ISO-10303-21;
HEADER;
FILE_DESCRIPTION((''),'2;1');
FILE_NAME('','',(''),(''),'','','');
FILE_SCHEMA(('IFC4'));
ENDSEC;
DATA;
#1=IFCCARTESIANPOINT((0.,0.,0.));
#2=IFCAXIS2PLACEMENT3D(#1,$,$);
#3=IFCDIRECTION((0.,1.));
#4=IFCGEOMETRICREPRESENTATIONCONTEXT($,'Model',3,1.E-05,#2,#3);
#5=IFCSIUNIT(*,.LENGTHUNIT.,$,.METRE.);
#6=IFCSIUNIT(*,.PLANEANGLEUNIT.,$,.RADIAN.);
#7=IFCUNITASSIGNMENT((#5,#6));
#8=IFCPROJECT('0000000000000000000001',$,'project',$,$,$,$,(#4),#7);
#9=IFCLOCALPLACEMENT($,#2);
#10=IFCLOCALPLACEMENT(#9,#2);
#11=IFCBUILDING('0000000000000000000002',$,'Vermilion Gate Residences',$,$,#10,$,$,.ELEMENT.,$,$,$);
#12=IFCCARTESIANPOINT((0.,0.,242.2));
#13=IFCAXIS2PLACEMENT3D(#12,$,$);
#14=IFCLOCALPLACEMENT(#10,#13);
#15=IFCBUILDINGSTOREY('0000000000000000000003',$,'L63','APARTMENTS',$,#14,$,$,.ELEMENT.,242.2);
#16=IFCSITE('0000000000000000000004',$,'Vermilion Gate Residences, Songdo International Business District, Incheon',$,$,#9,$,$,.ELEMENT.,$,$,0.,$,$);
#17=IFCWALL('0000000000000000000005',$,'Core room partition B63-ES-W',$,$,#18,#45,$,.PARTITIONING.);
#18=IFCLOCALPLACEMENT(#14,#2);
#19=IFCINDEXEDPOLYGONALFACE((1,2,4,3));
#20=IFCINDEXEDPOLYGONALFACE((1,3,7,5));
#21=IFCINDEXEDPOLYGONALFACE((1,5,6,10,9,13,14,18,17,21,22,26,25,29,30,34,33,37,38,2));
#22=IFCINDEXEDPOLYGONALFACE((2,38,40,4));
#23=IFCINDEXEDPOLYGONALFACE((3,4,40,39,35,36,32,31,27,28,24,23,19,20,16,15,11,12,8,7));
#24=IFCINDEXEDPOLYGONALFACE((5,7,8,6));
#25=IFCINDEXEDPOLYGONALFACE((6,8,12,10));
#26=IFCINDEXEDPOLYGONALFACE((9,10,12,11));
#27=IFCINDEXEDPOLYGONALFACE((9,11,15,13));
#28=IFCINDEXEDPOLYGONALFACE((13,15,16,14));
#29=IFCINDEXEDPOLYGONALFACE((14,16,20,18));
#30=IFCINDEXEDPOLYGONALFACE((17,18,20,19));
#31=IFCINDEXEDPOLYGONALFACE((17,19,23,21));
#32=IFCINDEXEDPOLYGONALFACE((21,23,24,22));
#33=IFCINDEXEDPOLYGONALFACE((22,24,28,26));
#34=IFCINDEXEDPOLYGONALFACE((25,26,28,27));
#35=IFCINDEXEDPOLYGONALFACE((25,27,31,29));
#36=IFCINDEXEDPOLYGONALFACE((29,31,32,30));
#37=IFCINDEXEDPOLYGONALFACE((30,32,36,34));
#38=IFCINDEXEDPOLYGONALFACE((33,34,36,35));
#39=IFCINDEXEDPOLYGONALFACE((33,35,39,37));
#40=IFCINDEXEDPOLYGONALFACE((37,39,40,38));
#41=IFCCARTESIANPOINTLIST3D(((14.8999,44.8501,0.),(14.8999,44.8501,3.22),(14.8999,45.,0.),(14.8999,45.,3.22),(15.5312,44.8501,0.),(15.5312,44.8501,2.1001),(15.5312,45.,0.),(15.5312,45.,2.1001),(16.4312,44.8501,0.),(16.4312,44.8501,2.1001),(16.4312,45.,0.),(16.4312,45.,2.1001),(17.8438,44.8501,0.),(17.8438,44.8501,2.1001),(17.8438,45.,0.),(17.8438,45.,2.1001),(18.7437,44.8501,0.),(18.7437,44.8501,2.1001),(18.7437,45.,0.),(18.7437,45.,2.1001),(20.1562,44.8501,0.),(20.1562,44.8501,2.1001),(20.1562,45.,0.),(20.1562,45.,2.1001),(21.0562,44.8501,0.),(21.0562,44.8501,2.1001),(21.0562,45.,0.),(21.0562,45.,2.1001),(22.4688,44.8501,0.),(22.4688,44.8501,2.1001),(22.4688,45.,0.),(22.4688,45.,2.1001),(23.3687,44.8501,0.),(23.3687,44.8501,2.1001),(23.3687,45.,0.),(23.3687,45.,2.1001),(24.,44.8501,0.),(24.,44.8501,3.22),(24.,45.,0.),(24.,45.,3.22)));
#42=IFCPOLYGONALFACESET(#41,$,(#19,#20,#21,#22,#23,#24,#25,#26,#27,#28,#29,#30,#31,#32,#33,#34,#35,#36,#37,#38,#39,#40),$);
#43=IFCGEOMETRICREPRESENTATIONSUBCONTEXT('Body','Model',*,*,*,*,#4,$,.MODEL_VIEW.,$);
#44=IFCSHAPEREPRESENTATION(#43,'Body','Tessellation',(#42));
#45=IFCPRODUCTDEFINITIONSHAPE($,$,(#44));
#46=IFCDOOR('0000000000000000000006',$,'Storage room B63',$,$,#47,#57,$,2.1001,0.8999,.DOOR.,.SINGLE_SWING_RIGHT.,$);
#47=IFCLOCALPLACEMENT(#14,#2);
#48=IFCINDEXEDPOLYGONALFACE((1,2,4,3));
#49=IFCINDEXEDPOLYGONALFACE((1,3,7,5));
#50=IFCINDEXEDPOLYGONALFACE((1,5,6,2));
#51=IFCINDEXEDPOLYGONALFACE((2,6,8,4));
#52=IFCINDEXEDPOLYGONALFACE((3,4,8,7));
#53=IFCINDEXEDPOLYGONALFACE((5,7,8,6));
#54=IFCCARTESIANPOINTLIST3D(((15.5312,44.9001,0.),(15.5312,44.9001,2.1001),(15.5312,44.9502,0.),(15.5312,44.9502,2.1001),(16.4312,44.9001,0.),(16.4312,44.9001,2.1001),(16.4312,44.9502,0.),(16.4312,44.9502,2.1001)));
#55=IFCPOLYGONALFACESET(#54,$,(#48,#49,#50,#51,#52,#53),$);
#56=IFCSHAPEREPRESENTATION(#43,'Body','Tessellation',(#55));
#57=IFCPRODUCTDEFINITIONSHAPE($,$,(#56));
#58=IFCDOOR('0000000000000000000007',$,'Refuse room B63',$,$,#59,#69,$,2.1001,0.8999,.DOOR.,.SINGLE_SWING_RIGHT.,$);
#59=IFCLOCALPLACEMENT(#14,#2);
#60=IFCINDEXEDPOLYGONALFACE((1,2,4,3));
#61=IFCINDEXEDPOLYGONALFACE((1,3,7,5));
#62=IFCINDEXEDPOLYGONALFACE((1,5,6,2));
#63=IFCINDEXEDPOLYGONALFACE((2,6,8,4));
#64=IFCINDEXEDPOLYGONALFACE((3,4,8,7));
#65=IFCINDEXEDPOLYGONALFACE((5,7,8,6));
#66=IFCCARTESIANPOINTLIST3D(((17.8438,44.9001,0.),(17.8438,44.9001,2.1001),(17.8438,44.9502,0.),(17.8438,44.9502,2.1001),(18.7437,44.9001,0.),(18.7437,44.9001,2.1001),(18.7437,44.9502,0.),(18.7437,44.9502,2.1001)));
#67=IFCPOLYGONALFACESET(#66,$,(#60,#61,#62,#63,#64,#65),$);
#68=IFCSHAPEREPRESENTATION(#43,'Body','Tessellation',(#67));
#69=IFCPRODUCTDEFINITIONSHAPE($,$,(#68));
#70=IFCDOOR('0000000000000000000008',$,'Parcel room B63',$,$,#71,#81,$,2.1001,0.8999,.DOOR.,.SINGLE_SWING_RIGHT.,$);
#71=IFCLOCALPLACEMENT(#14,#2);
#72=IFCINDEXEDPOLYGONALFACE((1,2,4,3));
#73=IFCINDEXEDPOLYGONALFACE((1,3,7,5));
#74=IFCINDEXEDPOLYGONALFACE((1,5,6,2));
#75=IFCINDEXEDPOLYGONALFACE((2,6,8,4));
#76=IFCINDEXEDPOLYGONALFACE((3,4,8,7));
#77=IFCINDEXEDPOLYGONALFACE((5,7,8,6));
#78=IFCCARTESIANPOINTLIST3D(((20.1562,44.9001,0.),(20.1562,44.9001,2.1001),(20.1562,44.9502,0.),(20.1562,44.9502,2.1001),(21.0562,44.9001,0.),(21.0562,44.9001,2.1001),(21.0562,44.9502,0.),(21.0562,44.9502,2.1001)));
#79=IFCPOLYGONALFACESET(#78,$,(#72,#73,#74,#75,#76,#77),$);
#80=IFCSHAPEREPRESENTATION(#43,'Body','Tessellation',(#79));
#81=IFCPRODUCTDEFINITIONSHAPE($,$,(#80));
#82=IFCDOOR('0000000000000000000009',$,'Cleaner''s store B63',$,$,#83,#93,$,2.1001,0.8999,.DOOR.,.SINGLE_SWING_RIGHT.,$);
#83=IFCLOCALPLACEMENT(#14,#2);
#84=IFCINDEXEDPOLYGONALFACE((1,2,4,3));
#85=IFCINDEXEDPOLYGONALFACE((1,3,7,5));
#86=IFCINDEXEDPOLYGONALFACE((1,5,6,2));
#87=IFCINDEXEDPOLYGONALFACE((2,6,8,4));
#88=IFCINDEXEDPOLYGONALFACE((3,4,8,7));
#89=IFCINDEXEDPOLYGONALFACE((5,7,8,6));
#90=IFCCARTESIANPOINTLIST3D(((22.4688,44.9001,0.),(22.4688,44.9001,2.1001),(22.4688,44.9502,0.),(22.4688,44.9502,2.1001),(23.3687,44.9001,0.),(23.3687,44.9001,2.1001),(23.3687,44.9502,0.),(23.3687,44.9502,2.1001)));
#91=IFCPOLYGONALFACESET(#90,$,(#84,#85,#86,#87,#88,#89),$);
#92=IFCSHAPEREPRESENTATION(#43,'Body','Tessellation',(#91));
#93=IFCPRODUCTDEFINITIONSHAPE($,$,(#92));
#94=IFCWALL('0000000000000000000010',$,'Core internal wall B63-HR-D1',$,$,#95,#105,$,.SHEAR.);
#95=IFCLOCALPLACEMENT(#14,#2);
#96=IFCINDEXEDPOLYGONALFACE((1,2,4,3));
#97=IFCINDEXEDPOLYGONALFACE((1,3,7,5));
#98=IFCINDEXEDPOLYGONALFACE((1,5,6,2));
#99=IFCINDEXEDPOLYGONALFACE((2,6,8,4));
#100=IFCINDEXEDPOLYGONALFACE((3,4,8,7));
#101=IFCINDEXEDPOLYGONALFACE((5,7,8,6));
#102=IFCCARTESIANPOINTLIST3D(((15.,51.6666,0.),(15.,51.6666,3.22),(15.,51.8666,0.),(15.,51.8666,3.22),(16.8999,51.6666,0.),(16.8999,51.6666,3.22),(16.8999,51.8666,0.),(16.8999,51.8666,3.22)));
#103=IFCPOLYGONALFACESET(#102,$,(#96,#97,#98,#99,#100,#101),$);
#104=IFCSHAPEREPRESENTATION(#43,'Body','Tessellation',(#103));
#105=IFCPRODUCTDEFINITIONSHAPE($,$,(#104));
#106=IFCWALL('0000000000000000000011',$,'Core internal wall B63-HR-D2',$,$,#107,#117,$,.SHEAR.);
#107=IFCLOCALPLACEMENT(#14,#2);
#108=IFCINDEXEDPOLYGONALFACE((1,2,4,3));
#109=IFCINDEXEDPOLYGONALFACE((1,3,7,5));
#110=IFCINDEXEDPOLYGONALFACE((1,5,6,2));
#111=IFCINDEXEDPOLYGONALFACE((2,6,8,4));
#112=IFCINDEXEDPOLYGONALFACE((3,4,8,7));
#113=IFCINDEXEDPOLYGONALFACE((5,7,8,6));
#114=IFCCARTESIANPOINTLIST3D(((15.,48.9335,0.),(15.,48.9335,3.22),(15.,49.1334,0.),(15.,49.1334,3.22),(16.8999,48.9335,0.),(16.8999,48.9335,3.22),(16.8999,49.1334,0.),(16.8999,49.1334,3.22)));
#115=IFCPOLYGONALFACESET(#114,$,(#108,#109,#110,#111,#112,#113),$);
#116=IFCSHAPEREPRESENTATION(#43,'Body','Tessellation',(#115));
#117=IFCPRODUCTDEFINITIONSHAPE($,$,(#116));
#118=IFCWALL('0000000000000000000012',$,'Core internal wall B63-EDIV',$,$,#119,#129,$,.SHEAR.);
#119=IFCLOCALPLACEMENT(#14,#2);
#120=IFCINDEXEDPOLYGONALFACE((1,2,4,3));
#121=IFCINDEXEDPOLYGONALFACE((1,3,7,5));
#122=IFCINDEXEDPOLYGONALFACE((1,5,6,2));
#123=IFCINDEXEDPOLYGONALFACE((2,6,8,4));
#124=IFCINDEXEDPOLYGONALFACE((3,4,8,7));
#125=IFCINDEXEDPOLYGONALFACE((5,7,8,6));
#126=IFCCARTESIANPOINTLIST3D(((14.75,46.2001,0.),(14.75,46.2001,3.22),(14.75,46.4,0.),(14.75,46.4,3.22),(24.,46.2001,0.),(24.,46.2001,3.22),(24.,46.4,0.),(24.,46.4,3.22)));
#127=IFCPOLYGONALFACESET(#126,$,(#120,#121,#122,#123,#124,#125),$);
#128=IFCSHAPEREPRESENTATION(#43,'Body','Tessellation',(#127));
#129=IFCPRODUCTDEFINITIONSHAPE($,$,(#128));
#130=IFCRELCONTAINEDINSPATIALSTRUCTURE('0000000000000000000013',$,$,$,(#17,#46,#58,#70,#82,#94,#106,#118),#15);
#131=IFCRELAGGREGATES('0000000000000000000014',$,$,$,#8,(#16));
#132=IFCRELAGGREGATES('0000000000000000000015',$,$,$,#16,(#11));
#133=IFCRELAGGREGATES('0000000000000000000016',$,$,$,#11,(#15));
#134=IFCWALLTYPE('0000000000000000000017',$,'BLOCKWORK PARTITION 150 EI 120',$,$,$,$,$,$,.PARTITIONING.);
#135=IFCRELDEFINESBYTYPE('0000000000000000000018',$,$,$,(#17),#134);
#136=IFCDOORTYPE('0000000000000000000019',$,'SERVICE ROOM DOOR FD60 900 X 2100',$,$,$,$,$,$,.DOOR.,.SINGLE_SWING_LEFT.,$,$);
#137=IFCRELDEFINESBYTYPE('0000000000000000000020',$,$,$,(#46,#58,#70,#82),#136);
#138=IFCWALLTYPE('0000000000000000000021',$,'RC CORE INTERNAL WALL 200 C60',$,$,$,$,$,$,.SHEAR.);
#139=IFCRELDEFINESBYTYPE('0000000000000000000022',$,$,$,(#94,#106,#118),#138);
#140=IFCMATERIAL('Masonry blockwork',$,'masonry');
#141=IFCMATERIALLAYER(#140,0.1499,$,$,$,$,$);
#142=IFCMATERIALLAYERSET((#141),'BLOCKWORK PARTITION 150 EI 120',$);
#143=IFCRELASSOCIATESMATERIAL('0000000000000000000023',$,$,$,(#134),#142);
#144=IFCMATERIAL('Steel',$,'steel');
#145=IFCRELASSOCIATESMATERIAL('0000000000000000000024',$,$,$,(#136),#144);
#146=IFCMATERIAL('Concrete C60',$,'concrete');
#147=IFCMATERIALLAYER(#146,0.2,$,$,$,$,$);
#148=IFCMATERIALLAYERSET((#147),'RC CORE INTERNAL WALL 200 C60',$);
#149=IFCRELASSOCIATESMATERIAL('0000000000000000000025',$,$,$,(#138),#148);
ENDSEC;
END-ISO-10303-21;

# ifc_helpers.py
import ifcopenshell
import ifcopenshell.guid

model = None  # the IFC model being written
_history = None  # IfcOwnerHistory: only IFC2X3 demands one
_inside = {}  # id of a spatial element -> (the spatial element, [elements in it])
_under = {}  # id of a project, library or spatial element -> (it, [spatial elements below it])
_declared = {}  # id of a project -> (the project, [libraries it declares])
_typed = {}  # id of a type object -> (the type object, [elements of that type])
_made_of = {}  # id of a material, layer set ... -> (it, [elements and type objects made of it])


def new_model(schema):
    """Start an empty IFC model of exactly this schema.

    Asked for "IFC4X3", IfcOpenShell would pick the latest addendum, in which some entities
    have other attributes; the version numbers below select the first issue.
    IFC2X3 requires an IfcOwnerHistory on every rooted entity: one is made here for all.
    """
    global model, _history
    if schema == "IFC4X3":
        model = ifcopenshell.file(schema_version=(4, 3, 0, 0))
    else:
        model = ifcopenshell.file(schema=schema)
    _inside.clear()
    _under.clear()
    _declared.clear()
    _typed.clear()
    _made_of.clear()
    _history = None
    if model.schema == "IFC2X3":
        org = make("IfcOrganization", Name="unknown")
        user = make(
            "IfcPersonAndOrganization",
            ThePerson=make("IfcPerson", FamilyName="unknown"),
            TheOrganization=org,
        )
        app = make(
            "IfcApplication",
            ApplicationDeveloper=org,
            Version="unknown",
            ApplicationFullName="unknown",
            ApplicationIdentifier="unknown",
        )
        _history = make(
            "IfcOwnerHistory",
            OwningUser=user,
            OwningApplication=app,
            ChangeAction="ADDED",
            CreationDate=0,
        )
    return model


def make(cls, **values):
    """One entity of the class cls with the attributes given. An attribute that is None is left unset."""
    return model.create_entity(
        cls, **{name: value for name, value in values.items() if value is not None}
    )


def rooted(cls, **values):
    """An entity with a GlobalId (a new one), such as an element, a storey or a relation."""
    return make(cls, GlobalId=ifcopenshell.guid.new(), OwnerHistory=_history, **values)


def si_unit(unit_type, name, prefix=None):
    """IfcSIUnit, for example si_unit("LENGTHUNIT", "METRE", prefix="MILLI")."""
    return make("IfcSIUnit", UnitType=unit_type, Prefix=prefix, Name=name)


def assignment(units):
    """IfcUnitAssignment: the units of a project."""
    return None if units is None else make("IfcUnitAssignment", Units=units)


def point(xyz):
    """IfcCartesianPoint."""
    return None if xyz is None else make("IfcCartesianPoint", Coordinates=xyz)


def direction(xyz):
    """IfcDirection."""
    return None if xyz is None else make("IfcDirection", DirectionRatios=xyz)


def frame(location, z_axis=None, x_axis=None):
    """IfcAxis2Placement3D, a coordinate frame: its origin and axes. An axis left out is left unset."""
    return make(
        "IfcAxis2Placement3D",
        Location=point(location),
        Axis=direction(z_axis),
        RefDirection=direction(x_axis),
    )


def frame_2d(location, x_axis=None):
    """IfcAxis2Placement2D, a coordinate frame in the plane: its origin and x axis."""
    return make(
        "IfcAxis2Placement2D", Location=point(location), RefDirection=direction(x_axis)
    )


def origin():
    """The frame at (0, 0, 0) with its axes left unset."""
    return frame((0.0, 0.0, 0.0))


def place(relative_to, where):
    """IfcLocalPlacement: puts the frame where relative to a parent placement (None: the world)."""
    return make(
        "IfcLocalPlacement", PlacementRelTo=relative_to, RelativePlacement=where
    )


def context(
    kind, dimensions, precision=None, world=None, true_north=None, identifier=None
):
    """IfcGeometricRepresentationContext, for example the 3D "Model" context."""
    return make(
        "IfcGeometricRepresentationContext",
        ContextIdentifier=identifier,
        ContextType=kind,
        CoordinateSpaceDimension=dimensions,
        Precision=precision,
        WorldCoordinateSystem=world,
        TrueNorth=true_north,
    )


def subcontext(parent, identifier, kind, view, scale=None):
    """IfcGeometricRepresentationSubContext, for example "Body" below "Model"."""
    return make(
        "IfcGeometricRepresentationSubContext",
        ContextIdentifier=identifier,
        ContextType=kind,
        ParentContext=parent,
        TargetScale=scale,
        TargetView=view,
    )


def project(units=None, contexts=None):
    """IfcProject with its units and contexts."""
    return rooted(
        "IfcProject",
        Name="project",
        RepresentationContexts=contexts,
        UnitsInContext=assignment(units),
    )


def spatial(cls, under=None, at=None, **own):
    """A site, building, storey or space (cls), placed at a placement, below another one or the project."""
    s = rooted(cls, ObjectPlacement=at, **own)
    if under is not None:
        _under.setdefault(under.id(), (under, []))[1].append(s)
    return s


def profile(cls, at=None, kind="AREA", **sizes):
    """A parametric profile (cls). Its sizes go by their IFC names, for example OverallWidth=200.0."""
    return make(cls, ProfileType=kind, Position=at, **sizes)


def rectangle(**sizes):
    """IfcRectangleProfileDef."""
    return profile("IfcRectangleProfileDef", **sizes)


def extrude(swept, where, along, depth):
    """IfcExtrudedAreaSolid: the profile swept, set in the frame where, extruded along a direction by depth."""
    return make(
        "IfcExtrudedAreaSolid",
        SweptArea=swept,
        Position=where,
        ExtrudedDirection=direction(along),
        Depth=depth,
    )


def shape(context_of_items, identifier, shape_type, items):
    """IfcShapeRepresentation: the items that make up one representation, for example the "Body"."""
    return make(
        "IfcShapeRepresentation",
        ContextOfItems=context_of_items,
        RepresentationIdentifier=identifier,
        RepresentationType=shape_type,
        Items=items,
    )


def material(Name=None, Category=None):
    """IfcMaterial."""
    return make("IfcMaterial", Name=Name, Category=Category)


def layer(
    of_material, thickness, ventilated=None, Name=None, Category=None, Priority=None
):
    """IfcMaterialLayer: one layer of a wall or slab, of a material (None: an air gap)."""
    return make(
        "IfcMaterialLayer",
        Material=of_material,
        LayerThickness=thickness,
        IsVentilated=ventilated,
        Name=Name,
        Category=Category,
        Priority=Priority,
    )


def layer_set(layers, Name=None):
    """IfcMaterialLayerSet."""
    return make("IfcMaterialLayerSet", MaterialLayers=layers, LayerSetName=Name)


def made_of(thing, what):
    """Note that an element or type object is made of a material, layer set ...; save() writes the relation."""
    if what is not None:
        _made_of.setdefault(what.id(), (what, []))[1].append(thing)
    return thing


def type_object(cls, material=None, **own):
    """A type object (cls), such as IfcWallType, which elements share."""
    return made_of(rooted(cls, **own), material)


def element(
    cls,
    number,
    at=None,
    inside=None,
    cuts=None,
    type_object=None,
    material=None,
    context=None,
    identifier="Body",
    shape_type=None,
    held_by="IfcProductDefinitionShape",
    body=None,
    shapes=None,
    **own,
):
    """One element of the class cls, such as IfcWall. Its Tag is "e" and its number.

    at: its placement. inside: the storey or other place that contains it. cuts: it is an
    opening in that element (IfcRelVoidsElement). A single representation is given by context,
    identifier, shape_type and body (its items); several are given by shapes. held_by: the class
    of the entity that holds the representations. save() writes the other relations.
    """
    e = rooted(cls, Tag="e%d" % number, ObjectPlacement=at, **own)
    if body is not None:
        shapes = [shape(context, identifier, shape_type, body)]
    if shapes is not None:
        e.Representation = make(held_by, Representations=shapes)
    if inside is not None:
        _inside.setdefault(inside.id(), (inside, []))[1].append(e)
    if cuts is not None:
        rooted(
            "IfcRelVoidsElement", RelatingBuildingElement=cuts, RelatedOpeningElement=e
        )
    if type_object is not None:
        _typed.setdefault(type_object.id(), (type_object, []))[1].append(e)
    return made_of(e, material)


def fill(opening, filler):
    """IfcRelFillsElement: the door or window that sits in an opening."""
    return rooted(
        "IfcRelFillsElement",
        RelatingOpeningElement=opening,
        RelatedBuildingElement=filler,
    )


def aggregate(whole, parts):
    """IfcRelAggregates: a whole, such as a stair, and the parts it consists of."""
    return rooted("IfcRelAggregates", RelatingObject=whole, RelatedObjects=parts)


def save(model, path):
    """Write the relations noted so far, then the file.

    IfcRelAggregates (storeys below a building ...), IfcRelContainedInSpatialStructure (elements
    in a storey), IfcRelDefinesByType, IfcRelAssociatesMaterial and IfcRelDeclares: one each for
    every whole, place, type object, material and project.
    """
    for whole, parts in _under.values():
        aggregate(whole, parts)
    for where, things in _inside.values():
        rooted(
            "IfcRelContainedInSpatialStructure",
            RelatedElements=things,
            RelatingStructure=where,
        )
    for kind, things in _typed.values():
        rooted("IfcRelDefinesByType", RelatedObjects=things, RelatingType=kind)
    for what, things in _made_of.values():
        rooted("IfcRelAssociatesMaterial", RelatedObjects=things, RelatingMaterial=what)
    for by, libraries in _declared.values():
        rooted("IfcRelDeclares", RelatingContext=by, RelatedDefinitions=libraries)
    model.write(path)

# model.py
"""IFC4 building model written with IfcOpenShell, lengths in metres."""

from ifc_helpers import new_model, si_unit, direction, frame, frame_2d, origin, place, context, subcontext, project, spatial, rectangle, extrude, material, layer, layer_set, type_object, element, fill, save


model = new_model("IFC4")

# Units and contexts
model_context = context("Model", 3, precision=1e-05, world=origin(), true_north=direction((0.0, 1.0)))
body_context = subcontext(model_context, "Body", "Model", "MODEL_VIEW")
ifc_project = project(units=[si_unit("LENGTHUNIT", "METRE"), si_unit("PLANEANGLEUNIT", "RADIAN")], contexts=[model_context])

# Site, building, storey
site_placement = place(None, origin())
site = spatial("IfcSite", under=ifc_project, at=site_placement, Name="Vermilion Gate Residences, Songdo International Business District, Incheon", CompositionType="ELEMENT", RefElevation=0.0)
building_placement = place(site_placement, origin())
building = spatial("IfcBuilding", under=site, at=building_placement, Name="Vermilion Gate Residences", CompositionType="ELEMENT")
storey_placement = place(building_placement, frame((0.0, 0.0, 242.2)))
storey = spatial("IfcBuildingStorey", under=building, at=storey_placement, Name="L63", Description="APARTMENTS", CompositionType="ELEMENT", Elevation=242.2)

# Shared definitions
ifc_material_1 = material(Name="Masonry blockwork", Category="masonry")
ifc_layer_1 = layer(ifc_material_1, 0.1499)
ifc_layer_set_1 = layer_set([ifc_layer_1], Name="BLOCKWORK PARTITION 150 EI 120")
wall_type_1 = type_object("IfcWallType", Name="BLOCKWORK PARTITION 150 EI 120", PredefinedType="PARTITIONING", material=ifc_layer_set_1)

# Shared definitions
ifc_material_2 = material(Name="Steel", Category="steel")
door_type_1 = type_object("IfcDoorType", Name="SERVICE ROOM DOOR FD60 900 X 2100", OperationType="SINGLE_SWING_LEFT", PredefinedType="DOOR", material=ifc_material_2)

# Wall, openings, doors
wall_1_placement = place(storey_placement, frame((14.8999, 44.925, 0.0), z_axis=(0.0, 0.0, 1.0), x_axis=(1.0, 0.0, 0.0)))
wall_1 = element("IfcWall", 1, at=wall_1_placement, inside=storey, type_object=wall_type_1, Name="Core room partition B63-ES-W", PredefinedType="PARTITIONING", context=body_context, shape_type="SweptSolid", body=[
    extrude(rectangle(XDim=9.1001, YDim=0.1499, at=frame_2d((4.55, 0.0))), origin(), (0.0, 0.0, 1.0), 3.22),
])
opening_1_placement = place(wall_1_placement, frame((0.6313, 0.0, 0.0)))
opening_1 = element("IfcOpeningElement", 2, at=opening_1_placement, cuts=wall_1, PredefinedType="OPENING", context=body_context, shape_type="SweptSolid", body=[
    extrude(rectangle(XDim=0.8999, YDim=2.1001, at=frame_2d((0.45, 1.05))), frame((0.0, 0.085, 0.0), z_axis=(0.0, -1.0, 0.0), x_axis=(1.0, 0.0, 0.0)), (0.0, 0.0, 1.0), 0.1699),
])
opening_2_placement = place(wall_1_placement, frame((2.9438, 0.0, 0.0)))
opening_2 = element("IfcOpeningElement", 3, at=opening_2_placement, cuts=wall_1, PredefinedType="OPENING", context=body_context, shape_type="SweptSolid", body=[
    extrude(rectangle(XDim=0.8999, YDim=2.1001, at=frame_2d((0.45, 1.05))), frame((0.0, 0.085, 0.0), z_axis=(0.0, -1.0, 0.0), x_axis=(1.0, 0.0, 0.0)), (0.0, 0.0, 1.0), 0.1699),
])
opening_3_placement = place(wall_1_placement, frame((5.2563, 0.0, 0.0)))
opening_3 = element("IfcOpeningElement", 4, at=opening_3_placement, cuts=wall_1, PredefinedType="OPENING", context=body_context, shape_type="SweptSolid", body=[
    extrude(rectangle(XDim=0.8999, YDim=2.1001, at=frame_2d((0.45, 1.05))), frame((0.0, 0.085, 0.0), z_axis=(0.0, -1.0, 0.0), x_axis=(1.0, 0.0, 0.0)), (0.0, 0.0, 1.0), 0.1699),
])
opening_4_placement = place(wall_1_placement, frame((7.5688, 0.0, 0.0)))
opening_4 = element("IfcOpeningElement", 5, at=opening_4_placement, cuts=wall_1, PredefinedType="OPENING", context=body_context, shape_type="SweptSolid", body=[
    extrude(rectangle(XDim=0.8999, YDim=2.1001, at=frame_2d((0.45, 1.05))), frame((0.0, 0.085, 0.0), z_axis=(0.0, -1.0, 0.0), x_axis=(1.0, 0.0, 0.0)), (0.0, 0.0, 1.0), 0.1699),
])
door_1_placement = place(opening_1_placement, frame((0.8999, 0.0, 0.0), z_axis=(0.0, 0.0, 1.0), x_axis=(-1.0, 0.0, 0.0)))
door_1 = element("IfcDoor", 6, at=door_1_placement, inside=storey, type_object=door_type_1, Name="Storage room B63", OperationType="SINGLE_SWING_RIGHT", OverallHeight=2.1001, OverallWidth=0.8999, PredefinedType="DOOR", context=body_context, shape_type="SweptSolid", body=[
    extrude(rectangle(XDim=0.8999, YDim=2.1001, at=frame_2d((0.45, 1.05))), frame((0.0, 0.0249, 0.0), z_axis=(0.0, -1.0, 0.0), x_axis=(1.0, 0.0, 0.0)), (0.0, 0.0, 1.0), 0.05),
])
fill(opening_1, door_1)
door_2_placement = place(opening_2_placement, frame((0.8999, 0.0, 0.0), z_axis=(0.0, 0.0, 1.0), x_axis=(-1.0, 0.0, 0.0)))
door_2 = element("IfcDoor", 7, at=door_2_placement, inside=storey, type_object=door_type_1, Name="Refuse room B63", OperationType="SINGLE_SWING_RIGHT", OverallHeight=2.1001, OverallWidth=0.8999, PredefinedType="DOOR", context=body_context, shape_type="SweptSolid", body=[
    extrude(rectangle(XDim=0.8999, YDim=2.1001, at=frame_2d((0.45, 1.05))), frame((0.0, 0.0249, 0.0), z_axis=(0.0, -1.0, 0.0), x_axis=(1.0, 0.0, 0.0)), (0.0, 0.0, 1.0), 0.05),
])
fill(opening_2, door_2)
door_3_placement = place(opening_3_placement, frame((0.8999, 0.0, 0.0), z_axis=(0.0, 0.0, 1.0), x_axis=(-1.0, 0.0, 0.0)))
door_3 = element("IfcDoor", 8, at=door_3_placement, inside=storey, type_object=door_type_1, Name="Parcel room B63", OperationType="SINGLE_SWING_RIGHT", OverallHeight=2.1001, OverallWidth=0.8999, PredefinedType="DOOR", context=body_context, shape_type="SweptSolid", body=[
    extrude(rectangle(XDim=0.8999, YDim=2.1001, at=frame_2d((0.45, 1.05))), frame((0.0, 0.0249, 0.0), z_axis=(0.0, -1.0, 0.0), x_axis=(1.0, 0.0, 0.0)), (0.0, 0.0, 1.0), 0.05),
])
fill(opening_3, door_3)
door_4_placement = place(opening_4_placement, frame((0.8999, 0.0, 0.0), z_axis=(0.0, 0.0, 1.0), x_axis=(-1.0, 0.0, 0.0)))
door_4 = element("IfcDoor", 9, at=door_4_placement, inside=storey, type_object=door_type_1, Name="Cleaner's store B63", OperationType="SINGLE_SWING_RIGHT", OverallHeight=2.1001, OverallWidth=0.8999, PredefinedType="DOOR", context=body_context, shape_type="SweptSolid", body=[
    extrude(rectangle(XDim=0.8999, YDim=2.1001, at=frame_2d((0.45, 1.05))), frame((0.0, 0.0249, 0.0), z_axis=(0.0, -1.0, 0.0), x_axis=(1.0, 0.0, 0.0)), (0.0, 0.0, 1.0), 0.05),
])
fill(opening_4, door_4)

# Walls
ifc_material_3 = material(Name="Concrete C60", Category="concrete")
ifc_layer_2 = layer(ifc_material_3, 0.2)
ifc_layer_set_2 = layer_set([ifc_layer_2], Name="RC CORE INTERNAL WALL 200 C60")
wall_type_2 = type_object("IfcWallType", Name="RC CORE INTERNAL WALL 200 C60", PredefinedType="SHEAR", material=ifc_layer_set_2)
for number, where, z_axis, x_axis, name in (
    (10, (15.0, 51.7666, 0.0), (0.0, 0.0, 1.0), (1.0, 0.0, 0.0), "Core internal wall B63-HR-D1"),
    (11, (15.0, 49.0334, 0.0), (0.0, 0.0, 1.0), (1.0, 0.0, 0.0), "Core internal wall B63-HR-D2"),
):
    element("IfcWall", number, at=place(storey_placement, frame(where, z_axis=z_axis, x_axis=x_axis)), inside=storey, type_object=wall_type_2, Name=name, PredefinedType="SHEAR", context=body_context, shape_type="SweptSolid", body=[
        extrude(rectangle(XDim=1.8999, YDim=0.2, at=frame_2d((0.95, 0.0))), origin(), (0.0, 0.0, 1.0), 3.22),
    ])
wall_2_placement = place(storey_placement, frame((14.75, 46.3, 0.0), z_axis=(0.0, 0.0, 1.0), x_axis=(1.0, 0.0, 0.0)))
element("IfcWall", 12, at=wall_2_placement, inside=storey, type_object=wall_type_2, Name="Core internal wall B63-EDIV", PredefinedType="SHEAR", context=body_context, shape_type="SweptSolid", body=[
    extrude(rectangle(XDim=9.25, YDim=0.2, at=frame_2d((4.625, 0.0))), origin(), (0.0, 0.0, 1.0), 3.22),
])

save(model, "model.ifc")
